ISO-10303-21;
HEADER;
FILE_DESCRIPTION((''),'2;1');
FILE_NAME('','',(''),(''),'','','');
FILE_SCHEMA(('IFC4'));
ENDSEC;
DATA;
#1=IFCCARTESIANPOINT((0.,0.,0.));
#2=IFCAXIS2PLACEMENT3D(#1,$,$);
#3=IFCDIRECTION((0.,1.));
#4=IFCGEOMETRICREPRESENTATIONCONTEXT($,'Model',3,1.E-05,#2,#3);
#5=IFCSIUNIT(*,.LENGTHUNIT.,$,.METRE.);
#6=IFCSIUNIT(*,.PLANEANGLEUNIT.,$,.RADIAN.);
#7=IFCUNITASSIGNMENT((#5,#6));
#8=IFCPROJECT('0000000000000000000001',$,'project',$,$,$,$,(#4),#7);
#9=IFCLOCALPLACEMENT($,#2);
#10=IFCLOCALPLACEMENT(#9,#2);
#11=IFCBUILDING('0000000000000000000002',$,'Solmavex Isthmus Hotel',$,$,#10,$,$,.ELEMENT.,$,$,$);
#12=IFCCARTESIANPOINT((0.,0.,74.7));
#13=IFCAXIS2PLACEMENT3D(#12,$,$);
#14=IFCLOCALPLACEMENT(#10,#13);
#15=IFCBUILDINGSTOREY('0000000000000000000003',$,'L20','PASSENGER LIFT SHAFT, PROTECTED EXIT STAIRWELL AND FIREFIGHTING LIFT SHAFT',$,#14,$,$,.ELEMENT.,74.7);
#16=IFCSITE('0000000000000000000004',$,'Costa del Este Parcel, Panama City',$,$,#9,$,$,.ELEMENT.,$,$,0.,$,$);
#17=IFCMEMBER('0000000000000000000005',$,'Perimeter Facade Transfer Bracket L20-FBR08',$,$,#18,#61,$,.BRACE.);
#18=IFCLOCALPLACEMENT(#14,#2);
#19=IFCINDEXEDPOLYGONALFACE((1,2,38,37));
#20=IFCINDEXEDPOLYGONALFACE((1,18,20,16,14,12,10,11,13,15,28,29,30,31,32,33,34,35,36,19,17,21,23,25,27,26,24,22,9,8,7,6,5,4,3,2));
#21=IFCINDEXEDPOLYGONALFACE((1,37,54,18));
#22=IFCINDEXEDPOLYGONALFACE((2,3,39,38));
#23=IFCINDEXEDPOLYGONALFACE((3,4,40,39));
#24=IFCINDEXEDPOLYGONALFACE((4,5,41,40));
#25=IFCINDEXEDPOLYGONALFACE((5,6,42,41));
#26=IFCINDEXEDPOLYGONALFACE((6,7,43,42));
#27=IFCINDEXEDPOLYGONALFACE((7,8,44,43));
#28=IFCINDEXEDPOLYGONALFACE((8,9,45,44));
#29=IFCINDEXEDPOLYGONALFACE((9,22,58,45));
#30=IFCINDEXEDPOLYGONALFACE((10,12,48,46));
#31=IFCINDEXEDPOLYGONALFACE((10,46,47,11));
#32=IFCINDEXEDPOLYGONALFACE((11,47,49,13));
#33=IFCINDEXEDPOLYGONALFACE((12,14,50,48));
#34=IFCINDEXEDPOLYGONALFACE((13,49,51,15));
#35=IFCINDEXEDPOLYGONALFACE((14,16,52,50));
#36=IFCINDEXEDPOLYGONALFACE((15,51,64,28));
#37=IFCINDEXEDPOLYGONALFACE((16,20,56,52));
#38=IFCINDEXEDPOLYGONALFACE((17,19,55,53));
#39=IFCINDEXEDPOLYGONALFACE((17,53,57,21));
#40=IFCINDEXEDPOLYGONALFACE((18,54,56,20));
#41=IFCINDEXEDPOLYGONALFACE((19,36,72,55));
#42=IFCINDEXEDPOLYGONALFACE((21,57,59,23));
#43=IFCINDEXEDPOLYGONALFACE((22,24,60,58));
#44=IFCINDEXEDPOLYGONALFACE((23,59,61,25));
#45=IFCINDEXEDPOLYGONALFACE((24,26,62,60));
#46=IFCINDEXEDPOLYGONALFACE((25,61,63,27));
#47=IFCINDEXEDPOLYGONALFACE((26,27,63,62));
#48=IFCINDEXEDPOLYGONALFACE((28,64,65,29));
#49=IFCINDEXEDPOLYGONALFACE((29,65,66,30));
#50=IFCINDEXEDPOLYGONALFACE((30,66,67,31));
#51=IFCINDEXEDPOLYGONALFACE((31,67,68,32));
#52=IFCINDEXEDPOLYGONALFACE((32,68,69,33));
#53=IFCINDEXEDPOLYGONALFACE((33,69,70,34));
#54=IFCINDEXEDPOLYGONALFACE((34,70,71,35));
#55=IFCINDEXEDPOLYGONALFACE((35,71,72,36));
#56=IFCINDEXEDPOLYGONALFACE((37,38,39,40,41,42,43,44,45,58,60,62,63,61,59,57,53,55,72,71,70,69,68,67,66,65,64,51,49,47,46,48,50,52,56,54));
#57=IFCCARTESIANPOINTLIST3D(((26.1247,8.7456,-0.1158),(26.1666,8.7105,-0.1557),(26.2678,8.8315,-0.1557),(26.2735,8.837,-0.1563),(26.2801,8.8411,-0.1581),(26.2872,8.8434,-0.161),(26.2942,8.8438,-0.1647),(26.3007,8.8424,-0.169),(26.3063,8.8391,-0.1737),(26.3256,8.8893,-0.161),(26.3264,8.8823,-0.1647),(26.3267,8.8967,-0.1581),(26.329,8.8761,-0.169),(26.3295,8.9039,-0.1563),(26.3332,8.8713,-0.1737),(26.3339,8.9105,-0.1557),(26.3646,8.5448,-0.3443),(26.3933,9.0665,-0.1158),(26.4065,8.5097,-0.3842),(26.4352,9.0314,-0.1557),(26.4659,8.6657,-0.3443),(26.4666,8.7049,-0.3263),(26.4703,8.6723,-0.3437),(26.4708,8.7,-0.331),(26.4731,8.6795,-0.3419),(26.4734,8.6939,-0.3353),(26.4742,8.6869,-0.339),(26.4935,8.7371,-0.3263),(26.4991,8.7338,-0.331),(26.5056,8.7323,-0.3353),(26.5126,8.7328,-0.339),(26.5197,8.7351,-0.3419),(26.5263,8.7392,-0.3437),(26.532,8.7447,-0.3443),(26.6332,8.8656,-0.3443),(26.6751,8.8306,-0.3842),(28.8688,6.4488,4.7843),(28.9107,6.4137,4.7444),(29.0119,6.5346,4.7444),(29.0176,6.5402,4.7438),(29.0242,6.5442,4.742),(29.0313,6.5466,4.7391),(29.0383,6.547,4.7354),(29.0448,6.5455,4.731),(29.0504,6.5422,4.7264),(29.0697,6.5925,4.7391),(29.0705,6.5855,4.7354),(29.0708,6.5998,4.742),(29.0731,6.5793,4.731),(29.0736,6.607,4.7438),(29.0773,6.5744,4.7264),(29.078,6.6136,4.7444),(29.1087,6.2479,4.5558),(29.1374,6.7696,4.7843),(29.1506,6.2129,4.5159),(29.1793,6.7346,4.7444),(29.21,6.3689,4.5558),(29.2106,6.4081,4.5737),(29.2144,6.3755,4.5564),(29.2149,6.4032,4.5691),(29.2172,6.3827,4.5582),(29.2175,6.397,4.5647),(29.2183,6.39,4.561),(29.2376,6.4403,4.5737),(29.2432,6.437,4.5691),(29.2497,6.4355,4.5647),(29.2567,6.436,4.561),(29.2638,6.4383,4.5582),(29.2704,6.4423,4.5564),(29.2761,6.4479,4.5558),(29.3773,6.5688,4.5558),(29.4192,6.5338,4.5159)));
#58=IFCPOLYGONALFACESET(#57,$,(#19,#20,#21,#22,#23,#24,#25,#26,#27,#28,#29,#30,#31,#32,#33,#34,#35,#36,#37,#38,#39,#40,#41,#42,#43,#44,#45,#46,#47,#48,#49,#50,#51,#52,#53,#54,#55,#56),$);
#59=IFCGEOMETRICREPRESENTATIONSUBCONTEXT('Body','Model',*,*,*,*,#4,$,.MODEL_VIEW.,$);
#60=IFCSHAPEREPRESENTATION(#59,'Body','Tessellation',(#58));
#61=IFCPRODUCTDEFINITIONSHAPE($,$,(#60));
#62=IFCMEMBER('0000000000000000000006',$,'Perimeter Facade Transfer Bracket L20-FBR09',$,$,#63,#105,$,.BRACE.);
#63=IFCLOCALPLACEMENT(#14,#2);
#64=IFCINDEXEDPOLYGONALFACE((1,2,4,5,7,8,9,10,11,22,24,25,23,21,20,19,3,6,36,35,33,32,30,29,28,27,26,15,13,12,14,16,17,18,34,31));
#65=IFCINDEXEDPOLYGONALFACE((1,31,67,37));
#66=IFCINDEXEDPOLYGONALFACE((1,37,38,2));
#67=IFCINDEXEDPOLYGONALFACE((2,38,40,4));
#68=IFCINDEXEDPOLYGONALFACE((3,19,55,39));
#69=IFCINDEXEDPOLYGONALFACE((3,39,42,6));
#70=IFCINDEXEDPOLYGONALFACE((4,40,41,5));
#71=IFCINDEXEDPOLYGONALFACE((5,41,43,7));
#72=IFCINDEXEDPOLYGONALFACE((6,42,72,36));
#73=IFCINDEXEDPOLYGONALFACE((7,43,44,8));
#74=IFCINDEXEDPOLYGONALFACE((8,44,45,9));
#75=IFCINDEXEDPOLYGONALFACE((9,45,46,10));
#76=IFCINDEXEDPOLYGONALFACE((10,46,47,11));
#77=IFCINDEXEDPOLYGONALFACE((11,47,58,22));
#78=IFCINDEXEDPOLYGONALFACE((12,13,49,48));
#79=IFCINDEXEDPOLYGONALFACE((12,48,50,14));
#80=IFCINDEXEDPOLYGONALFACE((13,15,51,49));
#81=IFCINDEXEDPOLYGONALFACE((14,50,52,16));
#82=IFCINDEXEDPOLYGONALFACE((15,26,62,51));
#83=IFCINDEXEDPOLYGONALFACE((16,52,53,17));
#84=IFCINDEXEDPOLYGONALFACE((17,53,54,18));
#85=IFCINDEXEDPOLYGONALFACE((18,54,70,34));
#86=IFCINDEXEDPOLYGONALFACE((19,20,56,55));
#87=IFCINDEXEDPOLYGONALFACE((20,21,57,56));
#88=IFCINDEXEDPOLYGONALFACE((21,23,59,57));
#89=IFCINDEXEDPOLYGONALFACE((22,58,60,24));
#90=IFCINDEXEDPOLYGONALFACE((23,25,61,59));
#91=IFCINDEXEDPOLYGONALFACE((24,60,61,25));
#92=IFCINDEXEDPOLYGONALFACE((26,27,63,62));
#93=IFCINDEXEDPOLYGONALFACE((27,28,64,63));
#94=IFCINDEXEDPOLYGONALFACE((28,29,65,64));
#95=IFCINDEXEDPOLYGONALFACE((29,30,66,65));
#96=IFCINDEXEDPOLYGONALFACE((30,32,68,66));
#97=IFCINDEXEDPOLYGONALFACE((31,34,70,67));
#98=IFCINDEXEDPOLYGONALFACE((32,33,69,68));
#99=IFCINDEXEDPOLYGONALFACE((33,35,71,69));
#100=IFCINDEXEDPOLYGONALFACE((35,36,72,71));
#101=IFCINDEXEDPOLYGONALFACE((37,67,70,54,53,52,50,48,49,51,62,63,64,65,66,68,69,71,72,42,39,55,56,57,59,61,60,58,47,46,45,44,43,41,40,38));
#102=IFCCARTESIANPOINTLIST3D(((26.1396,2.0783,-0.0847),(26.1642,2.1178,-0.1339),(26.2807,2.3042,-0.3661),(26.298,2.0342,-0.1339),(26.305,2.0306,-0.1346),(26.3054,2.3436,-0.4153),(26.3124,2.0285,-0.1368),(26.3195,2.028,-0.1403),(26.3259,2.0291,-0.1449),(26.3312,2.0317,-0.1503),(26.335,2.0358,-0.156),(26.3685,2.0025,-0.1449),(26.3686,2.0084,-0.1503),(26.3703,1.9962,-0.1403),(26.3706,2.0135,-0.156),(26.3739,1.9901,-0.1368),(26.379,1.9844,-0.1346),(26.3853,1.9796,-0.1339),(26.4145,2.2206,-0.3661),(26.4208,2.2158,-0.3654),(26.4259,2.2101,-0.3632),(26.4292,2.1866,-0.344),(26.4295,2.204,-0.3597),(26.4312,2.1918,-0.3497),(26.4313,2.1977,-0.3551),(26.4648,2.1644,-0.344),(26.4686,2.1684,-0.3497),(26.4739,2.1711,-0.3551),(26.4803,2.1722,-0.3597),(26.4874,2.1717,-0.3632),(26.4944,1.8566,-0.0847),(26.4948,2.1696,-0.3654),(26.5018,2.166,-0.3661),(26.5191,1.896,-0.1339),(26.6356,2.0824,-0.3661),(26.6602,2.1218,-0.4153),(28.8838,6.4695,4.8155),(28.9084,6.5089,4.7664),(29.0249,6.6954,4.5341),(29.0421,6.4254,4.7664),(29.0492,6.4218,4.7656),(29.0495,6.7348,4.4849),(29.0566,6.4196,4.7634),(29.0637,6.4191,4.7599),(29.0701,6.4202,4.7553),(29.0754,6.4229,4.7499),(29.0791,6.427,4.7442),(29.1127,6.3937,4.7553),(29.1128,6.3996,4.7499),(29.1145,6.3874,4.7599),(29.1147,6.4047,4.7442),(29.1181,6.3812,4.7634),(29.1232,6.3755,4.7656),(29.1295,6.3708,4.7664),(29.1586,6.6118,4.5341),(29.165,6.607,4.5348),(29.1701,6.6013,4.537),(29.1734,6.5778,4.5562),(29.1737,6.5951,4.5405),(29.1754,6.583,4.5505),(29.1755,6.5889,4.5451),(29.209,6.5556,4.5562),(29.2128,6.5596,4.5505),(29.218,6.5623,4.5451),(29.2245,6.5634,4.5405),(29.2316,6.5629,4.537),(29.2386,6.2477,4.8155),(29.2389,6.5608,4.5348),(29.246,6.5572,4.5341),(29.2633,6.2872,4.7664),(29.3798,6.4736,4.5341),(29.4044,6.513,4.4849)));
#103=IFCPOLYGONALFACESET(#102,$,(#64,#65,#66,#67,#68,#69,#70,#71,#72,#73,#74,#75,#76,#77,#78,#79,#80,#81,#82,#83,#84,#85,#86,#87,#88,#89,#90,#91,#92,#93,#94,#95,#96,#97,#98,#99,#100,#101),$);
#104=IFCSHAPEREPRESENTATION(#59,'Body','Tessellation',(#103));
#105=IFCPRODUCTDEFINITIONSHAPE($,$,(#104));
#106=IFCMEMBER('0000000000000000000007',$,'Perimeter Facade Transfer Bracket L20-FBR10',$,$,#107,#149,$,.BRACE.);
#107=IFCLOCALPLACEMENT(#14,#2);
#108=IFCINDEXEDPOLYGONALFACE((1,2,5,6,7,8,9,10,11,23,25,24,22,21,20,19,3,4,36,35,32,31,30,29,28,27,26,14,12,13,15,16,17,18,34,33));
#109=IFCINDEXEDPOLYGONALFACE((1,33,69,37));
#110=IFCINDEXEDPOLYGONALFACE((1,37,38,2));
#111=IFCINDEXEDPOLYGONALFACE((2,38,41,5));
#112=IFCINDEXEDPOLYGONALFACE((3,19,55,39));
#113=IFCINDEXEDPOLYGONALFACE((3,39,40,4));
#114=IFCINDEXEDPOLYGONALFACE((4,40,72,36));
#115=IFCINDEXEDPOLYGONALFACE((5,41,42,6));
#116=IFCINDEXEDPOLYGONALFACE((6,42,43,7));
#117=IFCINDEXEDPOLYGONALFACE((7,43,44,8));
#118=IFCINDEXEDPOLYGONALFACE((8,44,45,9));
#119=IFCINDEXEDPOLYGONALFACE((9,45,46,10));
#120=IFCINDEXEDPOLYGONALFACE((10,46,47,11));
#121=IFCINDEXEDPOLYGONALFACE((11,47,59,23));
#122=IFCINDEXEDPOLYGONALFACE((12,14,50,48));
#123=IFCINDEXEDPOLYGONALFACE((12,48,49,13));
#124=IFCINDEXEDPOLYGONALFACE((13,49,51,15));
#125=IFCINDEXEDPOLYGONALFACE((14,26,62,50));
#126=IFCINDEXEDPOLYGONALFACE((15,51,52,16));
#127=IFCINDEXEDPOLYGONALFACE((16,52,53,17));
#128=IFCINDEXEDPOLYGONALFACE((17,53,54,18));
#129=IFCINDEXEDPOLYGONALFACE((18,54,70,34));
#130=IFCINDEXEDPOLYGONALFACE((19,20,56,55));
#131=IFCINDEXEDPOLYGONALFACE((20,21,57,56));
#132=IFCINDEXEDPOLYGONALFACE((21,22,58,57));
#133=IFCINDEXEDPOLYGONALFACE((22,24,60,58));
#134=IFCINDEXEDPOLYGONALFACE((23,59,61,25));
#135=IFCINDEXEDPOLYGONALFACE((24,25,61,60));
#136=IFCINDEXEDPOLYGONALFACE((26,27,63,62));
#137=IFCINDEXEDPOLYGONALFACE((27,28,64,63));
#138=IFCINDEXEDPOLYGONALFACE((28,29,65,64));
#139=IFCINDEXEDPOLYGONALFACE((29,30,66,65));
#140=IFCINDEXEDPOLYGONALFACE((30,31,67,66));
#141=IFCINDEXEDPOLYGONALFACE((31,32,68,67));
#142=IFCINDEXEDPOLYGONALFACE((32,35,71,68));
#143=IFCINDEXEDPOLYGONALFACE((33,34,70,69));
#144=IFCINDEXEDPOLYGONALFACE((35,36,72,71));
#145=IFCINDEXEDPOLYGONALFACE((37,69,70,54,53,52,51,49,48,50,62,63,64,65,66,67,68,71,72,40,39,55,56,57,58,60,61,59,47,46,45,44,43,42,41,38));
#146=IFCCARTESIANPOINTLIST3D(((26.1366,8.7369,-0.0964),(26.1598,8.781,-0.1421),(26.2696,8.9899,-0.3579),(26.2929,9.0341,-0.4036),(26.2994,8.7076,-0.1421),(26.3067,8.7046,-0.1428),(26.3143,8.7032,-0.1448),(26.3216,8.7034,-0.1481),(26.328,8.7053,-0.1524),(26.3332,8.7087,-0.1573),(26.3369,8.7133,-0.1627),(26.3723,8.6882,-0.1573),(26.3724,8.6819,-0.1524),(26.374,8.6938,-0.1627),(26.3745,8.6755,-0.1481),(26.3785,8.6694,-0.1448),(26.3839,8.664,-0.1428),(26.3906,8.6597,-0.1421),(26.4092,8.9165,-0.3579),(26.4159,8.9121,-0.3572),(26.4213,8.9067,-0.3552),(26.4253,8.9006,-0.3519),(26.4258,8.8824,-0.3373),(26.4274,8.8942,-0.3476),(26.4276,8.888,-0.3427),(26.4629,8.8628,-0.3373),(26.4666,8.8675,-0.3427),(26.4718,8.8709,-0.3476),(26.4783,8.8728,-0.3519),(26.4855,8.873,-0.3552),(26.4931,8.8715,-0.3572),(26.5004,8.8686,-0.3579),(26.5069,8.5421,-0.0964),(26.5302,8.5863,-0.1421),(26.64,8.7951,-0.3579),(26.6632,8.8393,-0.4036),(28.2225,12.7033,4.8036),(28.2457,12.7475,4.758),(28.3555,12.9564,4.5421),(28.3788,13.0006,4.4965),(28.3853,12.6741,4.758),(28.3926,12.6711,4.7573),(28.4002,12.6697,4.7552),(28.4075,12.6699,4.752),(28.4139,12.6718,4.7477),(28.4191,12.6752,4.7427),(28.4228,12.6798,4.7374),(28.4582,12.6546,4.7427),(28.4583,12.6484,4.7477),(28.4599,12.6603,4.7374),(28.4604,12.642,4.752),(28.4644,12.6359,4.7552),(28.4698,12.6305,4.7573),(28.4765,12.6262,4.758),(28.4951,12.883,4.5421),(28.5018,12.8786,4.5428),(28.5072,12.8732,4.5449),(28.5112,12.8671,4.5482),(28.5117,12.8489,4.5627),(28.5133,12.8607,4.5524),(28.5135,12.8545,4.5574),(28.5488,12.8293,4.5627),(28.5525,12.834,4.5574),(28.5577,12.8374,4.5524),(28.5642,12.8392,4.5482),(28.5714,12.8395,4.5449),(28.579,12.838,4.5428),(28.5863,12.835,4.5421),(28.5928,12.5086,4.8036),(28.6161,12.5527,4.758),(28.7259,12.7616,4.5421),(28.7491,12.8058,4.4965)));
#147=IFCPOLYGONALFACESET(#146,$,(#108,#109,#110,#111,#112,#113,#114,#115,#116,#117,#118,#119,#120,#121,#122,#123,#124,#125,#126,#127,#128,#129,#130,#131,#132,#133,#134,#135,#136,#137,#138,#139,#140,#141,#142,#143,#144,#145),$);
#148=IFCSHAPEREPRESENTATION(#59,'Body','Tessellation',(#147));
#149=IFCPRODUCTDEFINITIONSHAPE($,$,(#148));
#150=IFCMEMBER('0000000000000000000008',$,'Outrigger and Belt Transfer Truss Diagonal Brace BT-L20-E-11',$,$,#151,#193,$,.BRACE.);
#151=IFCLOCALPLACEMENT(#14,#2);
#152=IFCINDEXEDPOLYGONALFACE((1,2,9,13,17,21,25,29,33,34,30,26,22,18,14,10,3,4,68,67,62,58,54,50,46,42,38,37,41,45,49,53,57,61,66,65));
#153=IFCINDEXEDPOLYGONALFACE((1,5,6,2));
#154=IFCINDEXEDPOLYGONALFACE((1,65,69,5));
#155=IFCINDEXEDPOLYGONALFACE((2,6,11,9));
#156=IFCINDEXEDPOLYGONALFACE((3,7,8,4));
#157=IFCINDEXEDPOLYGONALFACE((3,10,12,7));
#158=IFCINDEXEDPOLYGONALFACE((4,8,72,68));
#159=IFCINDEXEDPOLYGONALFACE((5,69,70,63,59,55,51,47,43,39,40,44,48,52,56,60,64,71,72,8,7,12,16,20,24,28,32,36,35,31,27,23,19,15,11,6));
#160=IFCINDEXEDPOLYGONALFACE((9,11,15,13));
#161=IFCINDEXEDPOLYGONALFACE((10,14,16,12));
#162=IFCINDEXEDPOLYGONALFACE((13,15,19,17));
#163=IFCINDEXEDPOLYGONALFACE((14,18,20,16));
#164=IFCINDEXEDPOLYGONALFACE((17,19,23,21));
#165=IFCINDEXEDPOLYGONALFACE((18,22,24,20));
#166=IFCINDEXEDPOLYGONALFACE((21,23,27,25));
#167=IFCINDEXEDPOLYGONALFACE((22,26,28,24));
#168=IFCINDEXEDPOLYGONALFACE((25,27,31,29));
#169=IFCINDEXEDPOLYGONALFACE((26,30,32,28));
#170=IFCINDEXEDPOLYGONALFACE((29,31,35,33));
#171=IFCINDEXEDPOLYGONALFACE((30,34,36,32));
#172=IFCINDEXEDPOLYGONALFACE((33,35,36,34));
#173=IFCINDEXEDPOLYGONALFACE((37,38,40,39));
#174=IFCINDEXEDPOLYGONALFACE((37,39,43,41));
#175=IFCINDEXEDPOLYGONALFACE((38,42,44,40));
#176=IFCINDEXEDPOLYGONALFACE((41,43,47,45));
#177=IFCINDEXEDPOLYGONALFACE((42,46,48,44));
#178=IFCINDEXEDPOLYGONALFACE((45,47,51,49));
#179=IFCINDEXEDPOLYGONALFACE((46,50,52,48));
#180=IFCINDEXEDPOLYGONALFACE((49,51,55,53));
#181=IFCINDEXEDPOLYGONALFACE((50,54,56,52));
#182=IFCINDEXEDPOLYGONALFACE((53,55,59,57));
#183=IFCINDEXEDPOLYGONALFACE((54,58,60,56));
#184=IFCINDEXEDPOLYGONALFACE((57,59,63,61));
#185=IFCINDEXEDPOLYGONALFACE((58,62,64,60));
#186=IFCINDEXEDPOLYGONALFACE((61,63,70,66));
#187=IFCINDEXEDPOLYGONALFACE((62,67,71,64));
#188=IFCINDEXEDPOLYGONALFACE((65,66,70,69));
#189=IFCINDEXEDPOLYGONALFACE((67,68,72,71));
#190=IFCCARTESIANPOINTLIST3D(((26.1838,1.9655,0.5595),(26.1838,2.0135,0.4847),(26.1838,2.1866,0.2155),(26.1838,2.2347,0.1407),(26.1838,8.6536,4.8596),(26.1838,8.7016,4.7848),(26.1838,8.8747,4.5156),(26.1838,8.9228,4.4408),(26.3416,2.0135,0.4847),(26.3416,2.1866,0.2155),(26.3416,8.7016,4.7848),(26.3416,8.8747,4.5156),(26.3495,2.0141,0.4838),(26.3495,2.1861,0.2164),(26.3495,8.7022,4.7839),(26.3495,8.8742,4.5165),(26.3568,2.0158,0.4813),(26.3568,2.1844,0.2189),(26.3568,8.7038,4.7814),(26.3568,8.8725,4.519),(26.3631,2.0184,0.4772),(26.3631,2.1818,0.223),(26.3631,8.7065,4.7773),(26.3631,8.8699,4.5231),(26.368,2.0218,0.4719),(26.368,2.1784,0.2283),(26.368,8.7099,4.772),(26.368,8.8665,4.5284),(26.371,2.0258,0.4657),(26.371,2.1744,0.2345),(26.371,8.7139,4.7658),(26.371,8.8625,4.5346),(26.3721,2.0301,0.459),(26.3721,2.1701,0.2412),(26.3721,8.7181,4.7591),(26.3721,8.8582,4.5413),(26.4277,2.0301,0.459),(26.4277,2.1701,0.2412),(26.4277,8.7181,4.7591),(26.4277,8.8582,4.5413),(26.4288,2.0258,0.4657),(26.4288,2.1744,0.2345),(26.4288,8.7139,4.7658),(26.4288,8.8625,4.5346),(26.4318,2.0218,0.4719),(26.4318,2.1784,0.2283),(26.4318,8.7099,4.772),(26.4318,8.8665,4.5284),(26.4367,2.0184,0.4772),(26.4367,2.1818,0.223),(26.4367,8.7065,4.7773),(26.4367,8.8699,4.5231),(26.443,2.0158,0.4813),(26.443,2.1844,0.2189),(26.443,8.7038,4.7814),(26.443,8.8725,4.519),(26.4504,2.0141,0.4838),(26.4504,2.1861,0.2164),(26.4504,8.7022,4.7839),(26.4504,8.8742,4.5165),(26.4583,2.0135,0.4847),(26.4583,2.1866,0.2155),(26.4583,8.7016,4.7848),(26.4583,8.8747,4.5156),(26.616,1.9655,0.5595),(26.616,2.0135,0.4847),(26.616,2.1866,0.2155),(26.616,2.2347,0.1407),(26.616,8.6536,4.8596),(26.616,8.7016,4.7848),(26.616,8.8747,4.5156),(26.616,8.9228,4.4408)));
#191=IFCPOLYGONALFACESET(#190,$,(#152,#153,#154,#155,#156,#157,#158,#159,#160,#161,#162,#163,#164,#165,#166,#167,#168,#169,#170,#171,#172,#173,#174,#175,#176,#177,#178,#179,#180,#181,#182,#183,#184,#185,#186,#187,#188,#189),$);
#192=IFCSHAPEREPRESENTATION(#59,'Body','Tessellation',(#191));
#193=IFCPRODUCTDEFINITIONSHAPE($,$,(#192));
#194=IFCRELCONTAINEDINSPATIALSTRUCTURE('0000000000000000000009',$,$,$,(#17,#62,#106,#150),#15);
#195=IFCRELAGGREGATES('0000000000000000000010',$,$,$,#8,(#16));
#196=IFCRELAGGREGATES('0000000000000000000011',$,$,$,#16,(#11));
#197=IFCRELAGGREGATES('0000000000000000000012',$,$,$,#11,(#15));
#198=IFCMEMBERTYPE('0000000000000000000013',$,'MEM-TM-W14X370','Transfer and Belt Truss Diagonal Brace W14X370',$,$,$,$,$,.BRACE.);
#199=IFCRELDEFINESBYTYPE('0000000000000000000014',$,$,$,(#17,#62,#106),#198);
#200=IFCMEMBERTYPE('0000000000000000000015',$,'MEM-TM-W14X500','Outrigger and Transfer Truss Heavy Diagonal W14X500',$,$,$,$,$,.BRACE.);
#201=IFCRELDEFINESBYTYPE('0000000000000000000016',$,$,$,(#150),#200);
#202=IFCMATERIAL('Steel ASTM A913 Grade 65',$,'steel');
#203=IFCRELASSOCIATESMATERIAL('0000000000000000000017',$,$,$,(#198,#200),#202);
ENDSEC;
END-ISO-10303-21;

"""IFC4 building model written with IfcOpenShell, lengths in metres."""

from ifc_helpers import new_model, si_unit, direction, frame, origin, origin_2d, place, context, subcontext, project, spatial, i_section, extrude, material, material_profile, profile_set, type_object, element, save


model = new_model("IFC4")

# Units and contexts
model_context = context("Model", 3, precision=1e-05, world=origin(), true_north=direction((0.0, 1.0)))
body_context = subcontext(model_context, "Body", "Model", "MODEL_VIEW")
ifc_project = project(units=[si_unit("LENGTHUNIT", "METRE"), si_unit("PLANEANGLEUNIT", "RADIAN")], contexts=[model_context])

# Site, building, storey
site_placement = place(None, origin())
site = spatial("IfcSite", under=ifc_project, at=site_placement, Name="Costa del Este Parcel, Panama City", CompositionType="ELEMENT", RefElevation=0.0)
building_placement = place(site_placement, origin())
building = spatial("IfcBuilding", under=site, at=building_placement, Name="Solmavex Isthmus Hotel", CompositionType="ELEMENT")
storey_placement = place(building_placement, frame((0.0, 0.0, 74.7)))
storey = spatial("IfcBuildingStorey", under=building, at=storey_placement, Name="L20", Description="PASSENGER LIFT SHAFT, PROTECTED EXIT STAIRWELL AND FIREFIGHTING LIFT SHAFT", CompositionType="ELEMENT", Elevation=74.7)

# Shared definitions
ifc_material_1 = material(Name="Steel ASTM A913 Grade 65", Category="steel")

# Members
ifc_material_profile_1 = material_profile(ifc_material_1, i_section(OverallWidth=0.4185, OverallDepth=0.4551, WebThickness=0.042, FlangeThickness=0.0676, FilletRadius=0.0305, at=origin_2d()), Name="W14X370")
ifc_profile_set_1 = profile_set([ifc_material_profile_1], Name="Steel ASTM A913 Grade 65")
member_type_1 = type_object("IfcMemberType", Name="MEM-TM-W14X370", Description="Transfer and Belt Truss Diagonal Brace W14X370", PredefinedType="BRACE", material=ifc_profile_set_1)
member_1_placement = place(storey_placement, frame((26.3999, 8.7881, -0.25), z_axis=(0.452251, -0.378539, 0.807575), x_axis=(0.641847, 0.766833, 0.0)))
element("IfcMember", 1, at=member_1_placement, inside=storey, type_object=member_type_1, Name="Perimeter Facade Transfer Bracket L20-FBR08", PredefinedType="BRACE", context=body_context, shape_type="SweptSolid", body=[
    extrude(i_section(OverallWidth=0.4185, OverallDepth=0.4551, WebThickness=0.042, FlangeThickness=0.0676, FilletRadius=0.0305, at=origin_2d()), origin(), (0.0, 0.0, 1.0), 6.0676),
])
member_2_placement = place(storey_placement, frame((26.3999, 2.1001, -0.25), z_axis=(0.384923, 0.615945, 0.687347), x_axis=(-0.848025, 0.529957, 0.0)))
element("IfcMember", 2, at=member_2_placement, inside=storey, type_object=member_type_1, Name="Perimeter Facade Transfer Bracket L20-FBR09", PredefinedType="BRACE", context=body_context, shape_type="SweptSolid", body=[
    extrude(i_section(OverallWidth=0.4185, OverallDepth=0.4551, WebThickness=0.042, FlangeThickness=0.0676, FilletRadius=0.0305, at=origin_2d()), origin(), (0.0, 0.0, 1.0), 7.1292),
])
member_3_placement = place(storey_placement, frame((26.3999, 8.7881, -0.25), z_axis=(0.314124, 0.597328, 0.737919), x_axis=(-0.885077, 0.465446, 0.0)))
element("IfcMember", 3, at=member_3_placement, inside=storey, type_object=member_type_1, Name="Perimeter Facade Transfer Bracket L20-FBR10", PredefinedType="BRACE", context=body_context, shape_type="SweptSolid", body=[
    extrude(i_section(OverallWidth=0.4185, OverallDepth=0.4551, WebThickness=0.042, FlangeThickness=0.0676, FilletRadius=0.0305, at=origin_2d()), origin(), (0.0, 0.0, 1.0), 6.6404),
])
ifc_material_profile_2 = material_profile(ifc_material_1, i_section(OverallWidth=0.4321, OverallDepth=0.4978, WebThickness=0.0557, FlangeThickness=0.0889, FilletRadius=0.0305, at=origin_2d()), Name="W14X500")
ifc_profile_set_2 = profile_set([ifc_material_profile_2], Name="Steel ASTM A913 Grade 65")
member_type_2 = type_object("IfcMemberType", Name="MEM-TM-W14X500", Description="Outrigger and Transfer Truss Heavy Diagonal W14X500", PredefinedType="BRACE", material=ifc_profile_set_2)
member_4_placement = place(storey_placement, frame((26.3999, 2.1001, 0.3501), z_axis=(0.0, 0.841143, 0.540813), x_axis=(-1.0, 0.0, 0.0)))
element("IfcMember", 4, at=member_4_placement, inside=storey, type_object=member_type_2, Name="Outrigger and Belt Transfer Truss Diagonal Brace BT-L20-E-11", PredefinedType="BRACE", context=body_context, shape_type="SweptSolid", body=[
    extrude(i_section(OverallWidth=0.4321, OverallDepth=0.4978, WebThickness=0.0557, FlangeThickness=0.0889, FilletRadius=0.0305, at=origin_2d()), origin(), (0.0, 0.0, 1.0), 7.9512),
])

save(model, "model.ifc")
